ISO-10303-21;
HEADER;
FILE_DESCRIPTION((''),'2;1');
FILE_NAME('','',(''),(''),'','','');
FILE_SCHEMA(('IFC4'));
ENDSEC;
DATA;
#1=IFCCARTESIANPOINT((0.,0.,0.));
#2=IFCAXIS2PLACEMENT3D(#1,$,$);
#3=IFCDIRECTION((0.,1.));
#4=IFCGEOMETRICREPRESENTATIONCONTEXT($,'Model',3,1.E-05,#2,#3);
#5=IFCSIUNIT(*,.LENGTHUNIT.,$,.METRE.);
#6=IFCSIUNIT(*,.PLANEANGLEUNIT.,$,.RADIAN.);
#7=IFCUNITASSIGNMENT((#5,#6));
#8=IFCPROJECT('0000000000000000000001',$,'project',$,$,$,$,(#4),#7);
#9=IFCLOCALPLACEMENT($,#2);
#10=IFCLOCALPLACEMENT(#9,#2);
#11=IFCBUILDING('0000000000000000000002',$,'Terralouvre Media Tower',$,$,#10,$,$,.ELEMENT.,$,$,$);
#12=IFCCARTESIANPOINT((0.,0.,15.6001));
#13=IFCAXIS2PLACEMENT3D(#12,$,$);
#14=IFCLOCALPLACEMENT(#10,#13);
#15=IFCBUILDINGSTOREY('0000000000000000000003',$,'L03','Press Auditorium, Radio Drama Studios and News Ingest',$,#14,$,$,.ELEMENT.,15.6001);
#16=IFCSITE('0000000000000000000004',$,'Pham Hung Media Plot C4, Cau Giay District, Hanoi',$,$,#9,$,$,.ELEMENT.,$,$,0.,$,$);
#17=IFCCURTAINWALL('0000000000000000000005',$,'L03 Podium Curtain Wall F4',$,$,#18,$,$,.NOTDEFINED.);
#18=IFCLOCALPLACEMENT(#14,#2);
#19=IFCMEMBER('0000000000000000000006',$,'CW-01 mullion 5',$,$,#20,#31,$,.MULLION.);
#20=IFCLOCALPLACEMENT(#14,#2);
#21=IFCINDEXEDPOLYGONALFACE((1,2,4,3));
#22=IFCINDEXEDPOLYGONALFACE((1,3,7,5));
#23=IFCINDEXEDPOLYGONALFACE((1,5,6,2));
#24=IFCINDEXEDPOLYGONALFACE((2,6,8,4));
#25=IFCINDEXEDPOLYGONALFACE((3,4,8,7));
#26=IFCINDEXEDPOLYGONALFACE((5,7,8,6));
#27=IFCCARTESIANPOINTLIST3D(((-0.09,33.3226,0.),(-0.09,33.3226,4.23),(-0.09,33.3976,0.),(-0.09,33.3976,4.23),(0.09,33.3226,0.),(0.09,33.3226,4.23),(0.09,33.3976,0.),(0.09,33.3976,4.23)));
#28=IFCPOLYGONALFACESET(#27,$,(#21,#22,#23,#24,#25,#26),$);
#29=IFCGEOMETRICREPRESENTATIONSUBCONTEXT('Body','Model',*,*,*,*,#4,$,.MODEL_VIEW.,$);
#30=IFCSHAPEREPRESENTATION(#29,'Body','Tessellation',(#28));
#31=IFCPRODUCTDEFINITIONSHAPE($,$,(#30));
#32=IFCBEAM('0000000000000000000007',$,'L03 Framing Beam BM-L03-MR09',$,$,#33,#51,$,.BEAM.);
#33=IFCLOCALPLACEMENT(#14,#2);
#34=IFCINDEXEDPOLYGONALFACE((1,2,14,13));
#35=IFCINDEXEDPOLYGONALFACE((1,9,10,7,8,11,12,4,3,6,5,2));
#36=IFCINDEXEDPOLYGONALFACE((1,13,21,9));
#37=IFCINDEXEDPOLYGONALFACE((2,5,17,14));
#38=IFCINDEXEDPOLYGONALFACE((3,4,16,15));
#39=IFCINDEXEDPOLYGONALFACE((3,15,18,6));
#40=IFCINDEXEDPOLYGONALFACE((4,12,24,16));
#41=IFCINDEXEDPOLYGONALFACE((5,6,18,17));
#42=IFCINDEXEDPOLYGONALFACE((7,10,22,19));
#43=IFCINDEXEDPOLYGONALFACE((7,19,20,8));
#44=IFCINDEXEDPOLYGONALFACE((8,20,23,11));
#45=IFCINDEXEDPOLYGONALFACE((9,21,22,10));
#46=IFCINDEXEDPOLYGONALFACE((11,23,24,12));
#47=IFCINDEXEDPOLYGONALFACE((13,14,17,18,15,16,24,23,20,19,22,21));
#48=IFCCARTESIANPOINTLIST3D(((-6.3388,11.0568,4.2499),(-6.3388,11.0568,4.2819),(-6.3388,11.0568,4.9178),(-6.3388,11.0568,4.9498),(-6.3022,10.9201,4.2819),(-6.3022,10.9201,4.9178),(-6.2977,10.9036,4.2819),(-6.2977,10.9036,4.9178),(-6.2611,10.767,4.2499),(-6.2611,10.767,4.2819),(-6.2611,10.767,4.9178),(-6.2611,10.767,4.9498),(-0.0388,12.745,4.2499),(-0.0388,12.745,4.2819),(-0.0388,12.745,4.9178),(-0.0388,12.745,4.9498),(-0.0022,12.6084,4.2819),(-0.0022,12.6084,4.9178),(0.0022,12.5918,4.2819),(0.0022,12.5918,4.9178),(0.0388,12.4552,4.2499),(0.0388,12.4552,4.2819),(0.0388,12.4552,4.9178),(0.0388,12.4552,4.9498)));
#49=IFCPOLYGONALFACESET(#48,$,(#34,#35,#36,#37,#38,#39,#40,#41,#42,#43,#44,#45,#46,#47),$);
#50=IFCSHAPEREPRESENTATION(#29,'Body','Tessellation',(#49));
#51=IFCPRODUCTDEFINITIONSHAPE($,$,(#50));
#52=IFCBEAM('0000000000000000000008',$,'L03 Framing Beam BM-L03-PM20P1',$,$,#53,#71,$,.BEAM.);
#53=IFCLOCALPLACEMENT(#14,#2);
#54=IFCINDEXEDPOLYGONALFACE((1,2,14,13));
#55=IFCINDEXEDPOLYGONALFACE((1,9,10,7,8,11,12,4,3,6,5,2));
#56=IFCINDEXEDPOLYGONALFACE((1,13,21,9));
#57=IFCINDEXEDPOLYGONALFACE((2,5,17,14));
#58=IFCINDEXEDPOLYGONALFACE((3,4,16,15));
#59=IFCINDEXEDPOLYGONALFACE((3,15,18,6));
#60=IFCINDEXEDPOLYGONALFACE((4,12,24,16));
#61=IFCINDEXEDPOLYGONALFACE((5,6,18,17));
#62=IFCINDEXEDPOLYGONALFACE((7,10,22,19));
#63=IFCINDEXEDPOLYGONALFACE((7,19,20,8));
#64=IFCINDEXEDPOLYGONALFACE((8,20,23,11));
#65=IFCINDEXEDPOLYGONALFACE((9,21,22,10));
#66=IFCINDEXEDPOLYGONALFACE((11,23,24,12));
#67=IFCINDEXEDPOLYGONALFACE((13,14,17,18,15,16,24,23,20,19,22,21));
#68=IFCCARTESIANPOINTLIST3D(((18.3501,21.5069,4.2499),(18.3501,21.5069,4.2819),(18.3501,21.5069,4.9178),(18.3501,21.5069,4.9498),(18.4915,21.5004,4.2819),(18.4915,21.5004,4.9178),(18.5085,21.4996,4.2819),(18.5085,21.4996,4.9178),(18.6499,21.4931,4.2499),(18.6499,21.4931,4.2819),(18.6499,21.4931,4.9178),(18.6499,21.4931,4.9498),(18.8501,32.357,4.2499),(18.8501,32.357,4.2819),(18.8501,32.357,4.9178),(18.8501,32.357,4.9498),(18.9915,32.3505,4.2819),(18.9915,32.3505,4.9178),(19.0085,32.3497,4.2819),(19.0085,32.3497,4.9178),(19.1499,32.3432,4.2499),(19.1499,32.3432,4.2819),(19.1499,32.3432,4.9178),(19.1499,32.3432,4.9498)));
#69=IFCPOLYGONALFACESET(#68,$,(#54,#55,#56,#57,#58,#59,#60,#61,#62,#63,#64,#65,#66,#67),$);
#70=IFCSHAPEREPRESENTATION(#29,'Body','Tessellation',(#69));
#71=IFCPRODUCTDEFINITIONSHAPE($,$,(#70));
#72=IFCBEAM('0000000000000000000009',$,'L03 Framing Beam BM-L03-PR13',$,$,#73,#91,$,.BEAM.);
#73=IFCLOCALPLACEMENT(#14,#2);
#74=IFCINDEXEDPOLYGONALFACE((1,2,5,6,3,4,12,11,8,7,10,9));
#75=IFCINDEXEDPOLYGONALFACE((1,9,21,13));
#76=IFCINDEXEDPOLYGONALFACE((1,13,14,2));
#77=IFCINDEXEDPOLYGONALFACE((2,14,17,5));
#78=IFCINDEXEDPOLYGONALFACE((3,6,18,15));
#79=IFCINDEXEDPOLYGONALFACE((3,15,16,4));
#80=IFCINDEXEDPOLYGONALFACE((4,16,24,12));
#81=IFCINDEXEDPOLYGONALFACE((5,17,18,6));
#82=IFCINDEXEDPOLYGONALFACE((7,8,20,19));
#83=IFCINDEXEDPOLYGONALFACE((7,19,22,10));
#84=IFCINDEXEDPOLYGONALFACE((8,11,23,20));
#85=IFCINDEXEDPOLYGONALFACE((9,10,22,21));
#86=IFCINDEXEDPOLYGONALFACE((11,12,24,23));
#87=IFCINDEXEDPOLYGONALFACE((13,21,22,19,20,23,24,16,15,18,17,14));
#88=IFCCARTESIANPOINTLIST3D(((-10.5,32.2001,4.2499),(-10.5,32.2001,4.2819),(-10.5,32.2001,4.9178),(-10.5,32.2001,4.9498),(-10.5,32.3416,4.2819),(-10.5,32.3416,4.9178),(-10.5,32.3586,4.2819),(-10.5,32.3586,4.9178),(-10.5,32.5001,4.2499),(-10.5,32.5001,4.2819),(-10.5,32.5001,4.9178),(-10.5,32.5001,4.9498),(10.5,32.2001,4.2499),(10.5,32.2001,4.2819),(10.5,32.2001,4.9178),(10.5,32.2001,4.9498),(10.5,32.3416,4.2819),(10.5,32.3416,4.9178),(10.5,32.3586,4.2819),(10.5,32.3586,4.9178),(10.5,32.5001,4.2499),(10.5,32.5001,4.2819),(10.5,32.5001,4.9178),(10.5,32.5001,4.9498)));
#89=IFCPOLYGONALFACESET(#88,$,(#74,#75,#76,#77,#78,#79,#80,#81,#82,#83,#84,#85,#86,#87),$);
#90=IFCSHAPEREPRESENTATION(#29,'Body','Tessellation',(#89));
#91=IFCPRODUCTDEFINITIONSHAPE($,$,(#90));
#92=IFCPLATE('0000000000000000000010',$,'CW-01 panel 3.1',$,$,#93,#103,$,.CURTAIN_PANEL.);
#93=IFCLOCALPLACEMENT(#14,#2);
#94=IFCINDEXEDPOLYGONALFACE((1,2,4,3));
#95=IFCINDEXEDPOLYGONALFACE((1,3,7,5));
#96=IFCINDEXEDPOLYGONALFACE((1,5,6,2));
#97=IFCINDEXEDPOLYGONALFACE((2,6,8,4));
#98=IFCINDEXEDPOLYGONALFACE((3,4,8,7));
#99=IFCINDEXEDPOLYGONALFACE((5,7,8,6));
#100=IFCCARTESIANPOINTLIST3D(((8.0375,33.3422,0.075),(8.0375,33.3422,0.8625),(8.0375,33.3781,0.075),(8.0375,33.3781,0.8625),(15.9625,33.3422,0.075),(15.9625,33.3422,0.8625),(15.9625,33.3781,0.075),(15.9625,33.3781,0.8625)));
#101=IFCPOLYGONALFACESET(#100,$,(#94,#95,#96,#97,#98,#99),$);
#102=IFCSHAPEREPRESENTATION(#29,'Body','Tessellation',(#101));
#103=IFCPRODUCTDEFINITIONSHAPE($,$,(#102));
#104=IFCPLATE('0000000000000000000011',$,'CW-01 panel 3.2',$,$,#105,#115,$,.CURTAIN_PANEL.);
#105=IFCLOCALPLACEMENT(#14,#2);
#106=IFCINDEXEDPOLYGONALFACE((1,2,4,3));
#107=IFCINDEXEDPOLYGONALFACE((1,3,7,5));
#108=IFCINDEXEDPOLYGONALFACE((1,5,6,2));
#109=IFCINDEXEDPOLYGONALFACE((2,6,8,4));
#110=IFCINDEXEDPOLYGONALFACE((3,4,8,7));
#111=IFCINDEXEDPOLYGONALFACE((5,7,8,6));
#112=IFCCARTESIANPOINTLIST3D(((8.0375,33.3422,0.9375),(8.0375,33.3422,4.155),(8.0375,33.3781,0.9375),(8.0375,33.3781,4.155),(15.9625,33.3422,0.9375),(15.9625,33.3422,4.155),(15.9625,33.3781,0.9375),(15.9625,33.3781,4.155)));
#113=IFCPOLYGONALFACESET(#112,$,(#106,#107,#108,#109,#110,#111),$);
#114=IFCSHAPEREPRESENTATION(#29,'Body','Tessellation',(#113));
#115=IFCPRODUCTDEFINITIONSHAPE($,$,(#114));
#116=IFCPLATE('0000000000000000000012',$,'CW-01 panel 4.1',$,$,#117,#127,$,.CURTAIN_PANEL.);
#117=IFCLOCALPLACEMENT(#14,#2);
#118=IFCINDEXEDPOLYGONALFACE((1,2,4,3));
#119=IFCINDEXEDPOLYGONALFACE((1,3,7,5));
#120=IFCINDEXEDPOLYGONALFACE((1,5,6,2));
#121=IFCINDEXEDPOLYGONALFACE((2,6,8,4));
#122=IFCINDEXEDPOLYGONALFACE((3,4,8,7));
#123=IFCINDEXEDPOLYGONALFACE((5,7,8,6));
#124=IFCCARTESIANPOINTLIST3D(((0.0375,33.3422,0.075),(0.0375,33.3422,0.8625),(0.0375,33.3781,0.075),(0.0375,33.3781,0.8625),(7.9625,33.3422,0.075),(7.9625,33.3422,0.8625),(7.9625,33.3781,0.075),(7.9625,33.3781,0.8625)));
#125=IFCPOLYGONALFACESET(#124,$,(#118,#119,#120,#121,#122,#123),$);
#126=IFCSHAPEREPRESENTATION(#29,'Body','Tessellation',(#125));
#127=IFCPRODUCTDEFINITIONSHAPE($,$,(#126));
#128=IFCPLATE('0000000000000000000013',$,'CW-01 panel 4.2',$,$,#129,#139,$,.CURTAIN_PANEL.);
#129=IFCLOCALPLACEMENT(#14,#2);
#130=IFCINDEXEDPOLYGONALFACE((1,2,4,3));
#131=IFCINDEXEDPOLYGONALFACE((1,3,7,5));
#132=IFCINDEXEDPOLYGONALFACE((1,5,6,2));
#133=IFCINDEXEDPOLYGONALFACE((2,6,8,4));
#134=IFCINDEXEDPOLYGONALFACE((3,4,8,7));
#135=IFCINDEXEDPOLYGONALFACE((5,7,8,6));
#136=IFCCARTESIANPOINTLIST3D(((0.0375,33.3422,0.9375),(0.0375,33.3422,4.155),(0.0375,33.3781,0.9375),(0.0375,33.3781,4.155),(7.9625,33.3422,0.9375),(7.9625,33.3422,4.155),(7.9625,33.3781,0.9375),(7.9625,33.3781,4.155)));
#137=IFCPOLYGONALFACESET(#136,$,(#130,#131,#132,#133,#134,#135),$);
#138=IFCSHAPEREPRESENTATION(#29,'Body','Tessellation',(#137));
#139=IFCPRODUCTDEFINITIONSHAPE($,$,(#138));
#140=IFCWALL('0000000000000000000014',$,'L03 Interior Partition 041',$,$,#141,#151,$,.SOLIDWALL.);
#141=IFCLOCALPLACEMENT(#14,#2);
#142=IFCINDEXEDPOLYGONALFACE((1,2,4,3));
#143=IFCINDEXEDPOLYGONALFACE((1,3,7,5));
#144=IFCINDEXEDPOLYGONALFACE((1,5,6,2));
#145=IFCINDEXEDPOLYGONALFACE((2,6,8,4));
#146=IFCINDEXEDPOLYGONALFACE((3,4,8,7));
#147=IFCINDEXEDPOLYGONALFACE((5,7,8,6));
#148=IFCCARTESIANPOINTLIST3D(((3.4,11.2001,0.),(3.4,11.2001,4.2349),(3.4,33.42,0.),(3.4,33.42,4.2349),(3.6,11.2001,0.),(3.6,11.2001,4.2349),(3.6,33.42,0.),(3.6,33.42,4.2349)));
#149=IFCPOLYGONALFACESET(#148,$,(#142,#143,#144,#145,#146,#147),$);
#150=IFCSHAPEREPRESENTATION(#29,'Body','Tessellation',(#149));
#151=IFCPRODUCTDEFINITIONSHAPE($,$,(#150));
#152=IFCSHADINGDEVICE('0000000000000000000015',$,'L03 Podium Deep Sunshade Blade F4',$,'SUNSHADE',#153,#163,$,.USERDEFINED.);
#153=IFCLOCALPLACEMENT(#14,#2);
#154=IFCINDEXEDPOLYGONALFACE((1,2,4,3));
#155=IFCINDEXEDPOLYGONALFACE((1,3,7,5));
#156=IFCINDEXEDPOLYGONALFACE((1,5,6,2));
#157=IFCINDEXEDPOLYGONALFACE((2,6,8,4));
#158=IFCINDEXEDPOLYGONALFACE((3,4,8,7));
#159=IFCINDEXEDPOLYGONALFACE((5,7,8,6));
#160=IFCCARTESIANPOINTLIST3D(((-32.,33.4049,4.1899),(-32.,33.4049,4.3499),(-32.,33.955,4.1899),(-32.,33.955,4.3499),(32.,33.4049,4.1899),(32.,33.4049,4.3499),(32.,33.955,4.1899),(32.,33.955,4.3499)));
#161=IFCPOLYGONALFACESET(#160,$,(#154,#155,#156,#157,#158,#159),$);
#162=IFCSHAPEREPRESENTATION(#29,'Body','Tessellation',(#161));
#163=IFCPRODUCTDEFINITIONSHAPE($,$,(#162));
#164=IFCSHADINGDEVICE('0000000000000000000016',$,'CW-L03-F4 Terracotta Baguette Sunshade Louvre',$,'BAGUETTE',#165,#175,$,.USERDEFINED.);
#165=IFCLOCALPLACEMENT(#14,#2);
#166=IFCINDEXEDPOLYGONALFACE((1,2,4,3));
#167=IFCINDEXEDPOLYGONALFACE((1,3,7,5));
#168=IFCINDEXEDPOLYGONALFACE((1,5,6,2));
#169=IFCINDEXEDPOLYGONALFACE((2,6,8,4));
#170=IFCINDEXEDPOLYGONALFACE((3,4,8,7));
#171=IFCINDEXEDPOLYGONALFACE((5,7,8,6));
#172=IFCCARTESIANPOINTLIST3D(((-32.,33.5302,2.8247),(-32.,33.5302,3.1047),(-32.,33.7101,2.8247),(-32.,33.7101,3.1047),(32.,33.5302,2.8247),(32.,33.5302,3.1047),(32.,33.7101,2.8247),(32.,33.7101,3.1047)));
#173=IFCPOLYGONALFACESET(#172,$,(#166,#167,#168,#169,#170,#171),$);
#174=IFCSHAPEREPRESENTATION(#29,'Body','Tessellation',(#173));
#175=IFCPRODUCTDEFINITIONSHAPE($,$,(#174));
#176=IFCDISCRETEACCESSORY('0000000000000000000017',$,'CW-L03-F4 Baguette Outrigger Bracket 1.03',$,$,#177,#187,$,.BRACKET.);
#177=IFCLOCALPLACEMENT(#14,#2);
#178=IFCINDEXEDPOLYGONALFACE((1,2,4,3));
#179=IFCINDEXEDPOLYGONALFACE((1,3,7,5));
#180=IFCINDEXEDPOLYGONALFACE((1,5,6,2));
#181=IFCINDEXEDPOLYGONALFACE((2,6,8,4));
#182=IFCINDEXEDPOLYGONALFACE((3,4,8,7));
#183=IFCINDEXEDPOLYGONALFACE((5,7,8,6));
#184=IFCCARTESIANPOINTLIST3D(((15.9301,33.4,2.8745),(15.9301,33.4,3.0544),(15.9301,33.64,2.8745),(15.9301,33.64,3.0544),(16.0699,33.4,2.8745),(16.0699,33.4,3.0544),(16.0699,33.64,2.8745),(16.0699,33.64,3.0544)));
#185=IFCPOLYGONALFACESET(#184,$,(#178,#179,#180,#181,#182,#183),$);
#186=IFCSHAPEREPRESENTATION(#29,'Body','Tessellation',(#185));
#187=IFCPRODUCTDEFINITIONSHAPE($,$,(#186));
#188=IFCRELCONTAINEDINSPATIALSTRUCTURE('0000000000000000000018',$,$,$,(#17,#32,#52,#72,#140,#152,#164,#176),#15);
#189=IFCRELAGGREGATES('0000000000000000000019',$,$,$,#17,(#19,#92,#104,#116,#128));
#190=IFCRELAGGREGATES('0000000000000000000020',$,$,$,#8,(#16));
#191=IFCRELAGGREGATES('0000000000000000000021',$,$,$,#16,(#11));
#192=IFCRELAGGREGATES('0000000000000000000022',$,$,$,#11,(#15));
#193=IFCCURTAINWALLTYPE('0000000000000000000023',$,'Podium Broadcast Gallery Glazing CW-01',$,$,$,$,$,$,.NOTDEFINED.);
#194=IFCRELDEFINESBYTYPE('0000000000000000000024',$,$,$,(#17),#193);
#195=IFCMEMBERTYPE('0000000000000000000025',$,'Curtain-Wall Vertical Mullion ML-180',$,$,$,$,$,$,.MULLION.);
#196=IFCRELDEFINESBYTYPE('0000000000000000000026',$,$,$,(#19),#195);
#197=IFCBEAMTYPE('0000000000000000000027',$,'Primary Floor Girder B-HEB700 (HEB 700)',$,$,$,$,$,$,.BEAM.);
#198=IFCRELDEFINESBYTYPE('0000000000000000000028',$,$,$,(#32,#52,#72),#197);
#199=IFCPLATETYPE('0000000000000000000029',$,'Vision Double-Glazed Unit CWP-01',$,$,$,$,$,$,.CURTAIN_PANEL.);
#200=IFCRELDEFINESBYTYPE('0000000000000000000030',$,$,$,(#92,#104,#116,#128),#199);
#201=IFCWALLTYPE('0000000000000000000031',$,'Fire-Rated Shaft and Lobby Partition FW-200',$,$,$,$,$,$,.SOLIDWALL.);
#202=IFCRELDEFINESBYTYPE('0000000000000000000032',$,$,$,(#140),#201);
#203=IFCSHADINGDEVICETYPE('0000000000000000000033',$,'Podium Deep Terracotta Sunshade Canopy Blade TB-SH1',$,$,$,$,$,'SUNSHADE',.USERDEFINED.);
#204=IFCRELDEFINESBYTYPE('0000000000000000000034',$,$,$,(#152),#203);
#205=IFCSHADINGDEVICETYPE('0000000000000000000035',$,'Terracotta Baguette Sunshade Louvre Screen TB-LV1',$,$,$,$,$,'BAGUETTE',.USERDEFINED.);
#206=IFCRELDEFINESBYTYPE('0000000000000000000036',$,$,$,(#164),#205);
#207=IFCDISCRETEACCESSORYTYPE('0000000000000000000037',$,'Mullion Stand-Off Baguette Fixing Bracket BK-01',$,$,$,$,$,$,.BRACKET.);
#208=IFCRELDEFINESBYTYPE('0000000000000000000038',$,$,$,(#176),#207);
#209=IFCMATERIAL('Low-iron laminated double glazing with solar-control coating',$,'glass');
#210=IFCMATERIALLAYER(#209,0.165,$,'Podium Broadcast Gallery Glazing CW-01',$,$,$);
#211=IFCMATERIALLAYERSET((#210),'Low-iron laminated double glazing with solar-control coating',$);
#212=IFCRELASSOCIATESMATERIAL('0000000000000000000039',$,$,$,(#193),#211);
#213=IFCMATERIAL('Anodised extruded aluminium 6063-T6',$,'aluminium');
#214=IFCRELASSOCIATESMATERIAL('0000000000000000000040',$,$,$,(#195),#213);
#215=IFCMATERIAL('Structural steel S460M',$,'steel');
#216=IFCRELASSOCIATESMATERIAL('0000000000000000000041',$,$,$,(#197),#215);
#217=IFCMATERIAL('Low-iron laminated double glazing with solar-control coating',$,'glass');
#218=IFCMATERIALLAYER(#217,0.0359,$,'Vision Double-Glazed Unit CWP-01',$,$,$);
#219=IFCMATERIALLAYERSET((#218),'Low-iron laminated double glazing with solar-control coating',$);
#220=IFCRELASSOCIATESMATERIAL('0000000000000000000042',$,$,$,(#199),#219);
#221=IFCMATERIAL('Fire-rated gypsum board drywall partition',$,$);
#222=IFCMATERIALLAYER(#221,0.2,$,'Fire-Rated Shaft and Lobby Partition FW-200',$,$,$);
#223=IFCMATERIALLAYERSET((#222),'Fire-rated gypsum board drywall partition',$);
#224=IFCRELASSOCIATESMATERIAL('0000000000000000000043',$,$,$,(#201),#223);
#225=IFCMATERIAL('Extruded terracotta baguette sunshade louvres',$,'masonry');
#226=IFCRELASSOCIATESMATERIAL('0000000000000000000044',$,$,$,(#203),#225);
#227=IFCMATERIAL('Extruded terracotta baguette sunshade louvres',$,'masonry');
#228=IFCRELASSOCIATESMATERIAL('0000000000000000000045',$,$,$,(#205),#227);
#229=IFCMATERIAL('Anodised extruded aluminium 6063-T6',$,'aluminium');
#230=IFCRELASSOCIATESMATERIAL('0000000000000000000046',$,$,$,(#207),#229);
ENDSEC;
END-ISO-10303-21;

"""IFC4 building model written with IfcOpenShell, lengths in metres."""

from ifc_helpers import new_model, si_unit, direction, frame, frame_2d, origin, origin_2d, place, context, subcontext, project, spatial, rectangle, i_section, extrude, material, layer, layer_set, material_profile, profile_set, type_object, element, aggregate, save


model = new_model("IFC4")

# Units and contexts
model_context = context("Model", 3, precision=1e-05, world=origin(), true_north=direction((0.0, 1.0)))
body_context = subcontext(model_context, "Body", "Model", "MODEL_VIEW")
ifc_project = project(units=[si_unit("LENGTHUNIT", "METRE"), si_unit("PLANEANGLEUNIT", "RADIAN")], contexts=[model_context])

# Site, building, storey
site_placement = place(None, origin())
site = spatial("IfcSite", under=ifc_project, at=site_placement, Name="Pham Hung Media Plot C4, Cau Giay District, Hanoi", CompositionType="ELEMENT", RefElevation=0.0)
building_placement = place(site_placement, origin())
building = spatial("IfcBuilding", under=site, at=building_placement, Name="Terralouvre Media Tower", CompositionType="ELEMENT")
storey_placement = place(building_placement, frame((0.0, 0.0, 15.6001)))
storey = spatial("IfcBuildingStorey", under=building, at=storey_placement, Name="L03", Description="Press Auditorium, Radio Drama Studios and News Ingest", CompositionType="ELEMENT", Elevation=15.6001)

# Curtain wall, member
ifc_material_1 = material(Name="Low-iron laminated double glazing with solar-control coating", Category="glass")
ifc_layer_1 = layer(ifc_material_1, 0.165, Name="Podium Broadcast Gallery Glazing CW-01")
ifc_layer_set_1 = layer_set([ifc_layer_1], Name="Low-iron laminated double glazing with solar-control coating")
curtain_wall_type = type_object("IfcCurtainWallType", Name="Podium Broadcast Gallery Glazing CW-01", PredefinedType="NOTDEFINED", material=ifc_layer_set_1)
curtain_wall_placement = place(storey_placement, origin())
curtain_wall = element("IfcCurtainWall", 1, at=curtain_wall_placement, inside=storey, type_object=curtain_wall_type, Name="L03 Podium Curtain Wall F4", PredefinedType="NOTDEFINED")
ifc_material_2 = material(Name="Anodised extruded aluminium 6063-T6", Category="aluminium")
ifc_material_profile_1 = material_profile(ifc_material_2, rectangle(XDim=0.075, YDim=0.1799, at=origin_2d()), Name="ALU 75x180")
ifc_profile_set_1 = profile_set([ifc_material_profile_1], Name="Anodised extruded aluminium 6063-T6")
member_type_1 = type_object("IfcMemberType", Name="Curtain-Wall Vertical Mullion ML-180", PredefinedType="MULLION", material=ifc_profile_set_1)
member_1_placement = place(storey_placement, frame((0.0, 33.3601, 0.0), z_axis=(0.0, 0.0, 1.0), x_axis=(0.0, -1.0, 0.0)))
member_1 = element("IfcMember", 2, at=member_1_placement, type_object=member_type_1, Name="CW-01 mullion 5", PredefinedType="MULLION", context=body_context, shape_type="SweptSolid", body=[
    extrude(rectangle(XDim=0.075, YDim=0.1799, at=origin_2d()), origin(), (0.0, 0.0, 1.0), 4.23),
])

# Beams
ifc_material_3 = material(Name="Structural steel S460M", Category="steel")
ifc_material_profile_2 = material_profile(ifc_material_3, i_section(OverallWidth=0.3, OverallDepth=0.7, WebThickness=0.0171, FlangeThickness=0.032, at=origin_2d()), Name="HEB 700")
ifc_profile_set_2 = profile_set([ifc_material_profile_2], Name="Structural steel S460M")
beam_type = type_object("IfcBeamType", Name="Primary Floor Girder B-HEB700 (HEB 700)", PredefinedType="BEAM", material=ifc_profile_set_2)
beam_1_placement = place(storey_placement, frame((0.0, 12.6001, 4.5999), z_axis=(-0.96592, -0.258839, 0.0), x_axis=(0.258839, -0.96592, 0.0)))
element("IfcBeam", 3, at=beam_1_placement, inside=storey, type_object=beam_type, Name="L03 Framing Beam BM-L03-MR09", PredefinedType="BEAM", context=body_context, shape_type="SweptSolid", body=[
    extrude(i_section(OverallWidth=0.3, OverallDepth=0.7, WebThickness=0.0171, FlangeThickness=0.032, at=origin_2d()), origin(), (0.0, 0.0, 1.0), 6.5222),
])
beam_2_placement = place(storey_placement, frame((18.5, 21.5, 4.5999), z_axis=(0.046034, 0.99894, 0.0), x_axis=(-0.99894, 0.046034, 0.0)))
element("IfcBeam", 4, at=beam_2_placement, inside=storey, type_object=beam_type, Name="L03 Framing Beam BM-L03-PM20P1", PredefinedType="BEAM", context=body_context, shape_type="SweptSolid", body=[
    extrude(i_section(OverallWidth=0.3, OverallDepth=0.7, WebThickness=0.0171, FlangeThickness=0.032, at=origin_2d()), origin(), (0.0, 0.0, 1.0), 10.8616),
])
beam_3_placement = place(storey_placement, frame((10.5, 32.3501, 4.5999), z_axis=(-1.0, 0.0, 0.0), x_axis=(0.0, -1.0, 0.0)))
element("IfcBeam", 5, at=beam_3_placement, inside=storey, type_object=beam_type, Name="L03 Framing Beam BM-L03-PR13", PredefinedType="BEAM", context=body_context, shape_type="SweptSolid", body=[
    extrude(i_section(OverallWidth=0.3, OverallDepth=0.7, WebThickness=0.0171, FlangeThickness=0.032, at=origin_2d()), origin(), (0.0, 0.0, 1.0), 21.0),
])

# Plates
ifc_material_4 = material(Name="Low-iron laminated double glazing with solar-control coating", Category="glass")
ifc_layer_2 = layer(ifc_material_4, 0.0359, Name="Vision Double-Glazed Unit CWP-01")
ifc_layer_set_2 = layer_set([ifc_layer_2], Name="Low-iron laminated double glazing with solar-control coating")
plate_type = type_object("IfcPlateType", Name="Vision Double-Glazed Unit CWP-01", PredefinedType="CURTAIN_PANEL", material=ifc_layer_set_2)
plate_1_placement = place(storey_placement, frame((12.0, 33.3601, 0.075), z_axis=(0.0, 0.0, 1.0), x_axis=(-1.0, 0.0, 0.0)))
plate_1 = element("IfcPlate", 6, at=plate_1_placement, type_object=plate_type, Name="CW-01 panel 3.1", PredefinedType="CURTAIN_PANEL", context=body_context, shape_type="SweptSolid", body=[
    extrude(rectangle(XDim=7.925, YDim=0.0359, at=origin_2d()), origin(), (0.0, 0.0, 1.0), 0.7876),
])
plate_2_placement = place(storey_placement, frame((12.0, 33.3601, 0.9375), z_axis=(0.0, 0.0, 1.0), x_axis=(-1.0, 0.0, 0.0)))
plate_2 = element("IfcPlate", 7, at=plate_2_placement, type_object=plate_type, Name="CW-01 panel 3.2", PredefinedType="CURTAIN_PANEL", context=body_context, shape_type="SweptSolid", body=[
    extrude(rectangle(XDim=7.925, YDim=0.0359, at=origin_2d()), origin(), (0.0, 0.0, 1.0), 3.2175),
])
plate_3_placement = place(storey_placement, frame((4.0, 33.3601, 0.075), z_axis=(0.0, 0.0, 1.0), x_axis=(-1.0, 0.0, 0.0)))
plate_3 = element("IfcPlate", 8, at=plate_3_placement, type_object=plate_type, Name="CW-01 panel 4.1", PredefinedType="CURTAIN_PANEL", context=body_context, shape_type="SweptSolid", body=[
    extrude(rectangle(XDim=7.925, YDim=0.0359, at=origin_2d()), origin(), (0.0, 0.0, 1.0), 0.7876),
])
plate_4_placement = place(storey_placement, frame((4.0, 33.3601, 0.9375), z_axis=(0.0, 0.0, 1.0), x_axis=(-1.0, 0.0, 0.0)))
plate_4 = element("IfcPlate", 9, at=plate_4_placement, type_object=plate_type, Name="CW-01 panel 4.2", PredefinedType="CURTAIN_PANEL", context=body_context, shape_type="SweptSolid", body=[
    extrude(rectangle(XDim=7.925, YDim=0.0359, at=origin_2d()), origin(), (0.0, 0.0, 1.0), 3.2175),
])
aggregate(curtain_wall, [member_1, plate_1, plate_2, plate_3, plate_4])

# Wall
ifc_material_5 = material(Name="Fire-rated gypsum board drywall partition")
ifc_layer_3 = layer(ifc_material_5, 0.2, Name="Fire-Rated Shaft and Lobby Partition FW-200")
ifc_layer_set_3 = layer_set([ifc_layer_3], Name="Fire-rated gypsum board drywall partition")
wall_type = type_object("IfcWallType", Name="Fire-Rated Shaft and Lobby Partition FW-200", PredefinedType="SOLIDWALL", material=ifc_layer_set_3)
wall_placement = place(storey_placement, frame((3.5, 33.4199, 0.0), z_axis=(0.0, 0.0, 1.0), x_axis=(0.0, -1.0, 0.0)))
element("IfcWall", 10, at=wall_placement, inside=storey, type_object=wall_type, Name="L03 Interior Partition 041", PredefinedType="SOLIDWALL", context=body_context, shape_type="SweptSolid", body=[
    extrude(rectangle(XDim=22.22, YDim=0.2, at=frame_2d((11.1099, 0.0))), origin(), (0.0, 0.0, 1.0), 4.2349),
])

# Shading devices
ifc_material_6 = material(Name="Extruded terracotta baguette sunshade louvres", Category="masonry")
shading_device_type_1 = type_object("IfcShadingDeviceType", Name="Podium Deep Terracotta Sunshade Canopy Blade TB-SH1", ElementType="SUNSHADE", PredefinedType="USERDEFINED", material=ifc_material_6)
shading_device_1_placement = place(storey_placement, frame((0.0, 33.6799, 4.1899), z_axis=(0.0, 0.0, 1.0), x_axis=(-1.0, 0.0, 0.0)))
element("IfcShadingDevice", 11, at=shading_device_1_placement, inside=storey, type_object=shading_device_type_1, Name="L03 Podium Deep Sunshade Blade F4", ObjectType="SUNSHADE", PredefinedType="USERDEFINED", context=body_context, shape_type="SweptSolid", body=[
    extrude(rectangle(XDim=64.0, YDim=0.55, at=origin_2d()), origin(), (0.0, 0.0, 1.0), 0.1599),
])
ifc_material_7 = material(Name="Extruded terracotta baguette sunshade louvres", Category="masonry")
shading_device_type_2 = type_object("IfcShadingDeviceType", Name="Terracotta Baguette Sunshade Louvre Screen TB-LV1", ElementType="BAGUETTE", PredefinedType="USERDEFINED", material=ifc_material_7)
shading_device_2_placement = place(storey_placement, frame((0.0, 33.6201, 2.8247), z_axis=(0.0, 0.0, 1.0), x_axis=(-1.0, 0.0, 0.0)))
element("IfcShadingDevice", 12, at=shading_device_2_placement, inside=storey, type_object=shading_device_type_2, Name="CW-L03-F4 Terracotta Baguette Sunshade Louvre", ObjectType="BAGUETTE", PredefinedType="USERDEFINED", context=body_context, shape_type="SweptSolid", body=[
    extrude(rectangle(XDim=64.0, YDim=0.1799, at=origin_2d()), origin(), (0.0, 0.0, 1.0), 0.28),
])

# Discrete accessory
ifc_material_8 = material(Name="Anodised extruded aluminium 6063-T6", Category="aluminium")
discrete_accessory_type = type_object("IfcDiscreteAccessoryType", Name="Mullion Stand-Off Baguette Fixing Bracket BK-01", PredefinedType="BRACKET", material=ifc_material_8)
for number, where, z_axis, x_axis, name in (
    (13, (16.0, 33.52, 2.8745), (0.0, 0.0, 1.0), (-1.0, 0.0, 0.0), "CW-L03-F4 Baguette Outrigger Bracket 1.03"),
):
    element("IfcDiscreteAccessory", number, at=place(storey_placement, frame(where, z_axis=z_axis, x_axis=x_axis)), inside=storey, type_object=discrete_accessory_type, Name=name, PredefinedType="BRACKET", context=body_context, shape_type="SweptSolid", body=[
        extrude(rectangle(XDim=0.1399, YDim=0.24, at=origin_2d()), origin(), (0.0, 0.0, 1.0), 0.1799),
    ])

save(model, "model.ifc")
